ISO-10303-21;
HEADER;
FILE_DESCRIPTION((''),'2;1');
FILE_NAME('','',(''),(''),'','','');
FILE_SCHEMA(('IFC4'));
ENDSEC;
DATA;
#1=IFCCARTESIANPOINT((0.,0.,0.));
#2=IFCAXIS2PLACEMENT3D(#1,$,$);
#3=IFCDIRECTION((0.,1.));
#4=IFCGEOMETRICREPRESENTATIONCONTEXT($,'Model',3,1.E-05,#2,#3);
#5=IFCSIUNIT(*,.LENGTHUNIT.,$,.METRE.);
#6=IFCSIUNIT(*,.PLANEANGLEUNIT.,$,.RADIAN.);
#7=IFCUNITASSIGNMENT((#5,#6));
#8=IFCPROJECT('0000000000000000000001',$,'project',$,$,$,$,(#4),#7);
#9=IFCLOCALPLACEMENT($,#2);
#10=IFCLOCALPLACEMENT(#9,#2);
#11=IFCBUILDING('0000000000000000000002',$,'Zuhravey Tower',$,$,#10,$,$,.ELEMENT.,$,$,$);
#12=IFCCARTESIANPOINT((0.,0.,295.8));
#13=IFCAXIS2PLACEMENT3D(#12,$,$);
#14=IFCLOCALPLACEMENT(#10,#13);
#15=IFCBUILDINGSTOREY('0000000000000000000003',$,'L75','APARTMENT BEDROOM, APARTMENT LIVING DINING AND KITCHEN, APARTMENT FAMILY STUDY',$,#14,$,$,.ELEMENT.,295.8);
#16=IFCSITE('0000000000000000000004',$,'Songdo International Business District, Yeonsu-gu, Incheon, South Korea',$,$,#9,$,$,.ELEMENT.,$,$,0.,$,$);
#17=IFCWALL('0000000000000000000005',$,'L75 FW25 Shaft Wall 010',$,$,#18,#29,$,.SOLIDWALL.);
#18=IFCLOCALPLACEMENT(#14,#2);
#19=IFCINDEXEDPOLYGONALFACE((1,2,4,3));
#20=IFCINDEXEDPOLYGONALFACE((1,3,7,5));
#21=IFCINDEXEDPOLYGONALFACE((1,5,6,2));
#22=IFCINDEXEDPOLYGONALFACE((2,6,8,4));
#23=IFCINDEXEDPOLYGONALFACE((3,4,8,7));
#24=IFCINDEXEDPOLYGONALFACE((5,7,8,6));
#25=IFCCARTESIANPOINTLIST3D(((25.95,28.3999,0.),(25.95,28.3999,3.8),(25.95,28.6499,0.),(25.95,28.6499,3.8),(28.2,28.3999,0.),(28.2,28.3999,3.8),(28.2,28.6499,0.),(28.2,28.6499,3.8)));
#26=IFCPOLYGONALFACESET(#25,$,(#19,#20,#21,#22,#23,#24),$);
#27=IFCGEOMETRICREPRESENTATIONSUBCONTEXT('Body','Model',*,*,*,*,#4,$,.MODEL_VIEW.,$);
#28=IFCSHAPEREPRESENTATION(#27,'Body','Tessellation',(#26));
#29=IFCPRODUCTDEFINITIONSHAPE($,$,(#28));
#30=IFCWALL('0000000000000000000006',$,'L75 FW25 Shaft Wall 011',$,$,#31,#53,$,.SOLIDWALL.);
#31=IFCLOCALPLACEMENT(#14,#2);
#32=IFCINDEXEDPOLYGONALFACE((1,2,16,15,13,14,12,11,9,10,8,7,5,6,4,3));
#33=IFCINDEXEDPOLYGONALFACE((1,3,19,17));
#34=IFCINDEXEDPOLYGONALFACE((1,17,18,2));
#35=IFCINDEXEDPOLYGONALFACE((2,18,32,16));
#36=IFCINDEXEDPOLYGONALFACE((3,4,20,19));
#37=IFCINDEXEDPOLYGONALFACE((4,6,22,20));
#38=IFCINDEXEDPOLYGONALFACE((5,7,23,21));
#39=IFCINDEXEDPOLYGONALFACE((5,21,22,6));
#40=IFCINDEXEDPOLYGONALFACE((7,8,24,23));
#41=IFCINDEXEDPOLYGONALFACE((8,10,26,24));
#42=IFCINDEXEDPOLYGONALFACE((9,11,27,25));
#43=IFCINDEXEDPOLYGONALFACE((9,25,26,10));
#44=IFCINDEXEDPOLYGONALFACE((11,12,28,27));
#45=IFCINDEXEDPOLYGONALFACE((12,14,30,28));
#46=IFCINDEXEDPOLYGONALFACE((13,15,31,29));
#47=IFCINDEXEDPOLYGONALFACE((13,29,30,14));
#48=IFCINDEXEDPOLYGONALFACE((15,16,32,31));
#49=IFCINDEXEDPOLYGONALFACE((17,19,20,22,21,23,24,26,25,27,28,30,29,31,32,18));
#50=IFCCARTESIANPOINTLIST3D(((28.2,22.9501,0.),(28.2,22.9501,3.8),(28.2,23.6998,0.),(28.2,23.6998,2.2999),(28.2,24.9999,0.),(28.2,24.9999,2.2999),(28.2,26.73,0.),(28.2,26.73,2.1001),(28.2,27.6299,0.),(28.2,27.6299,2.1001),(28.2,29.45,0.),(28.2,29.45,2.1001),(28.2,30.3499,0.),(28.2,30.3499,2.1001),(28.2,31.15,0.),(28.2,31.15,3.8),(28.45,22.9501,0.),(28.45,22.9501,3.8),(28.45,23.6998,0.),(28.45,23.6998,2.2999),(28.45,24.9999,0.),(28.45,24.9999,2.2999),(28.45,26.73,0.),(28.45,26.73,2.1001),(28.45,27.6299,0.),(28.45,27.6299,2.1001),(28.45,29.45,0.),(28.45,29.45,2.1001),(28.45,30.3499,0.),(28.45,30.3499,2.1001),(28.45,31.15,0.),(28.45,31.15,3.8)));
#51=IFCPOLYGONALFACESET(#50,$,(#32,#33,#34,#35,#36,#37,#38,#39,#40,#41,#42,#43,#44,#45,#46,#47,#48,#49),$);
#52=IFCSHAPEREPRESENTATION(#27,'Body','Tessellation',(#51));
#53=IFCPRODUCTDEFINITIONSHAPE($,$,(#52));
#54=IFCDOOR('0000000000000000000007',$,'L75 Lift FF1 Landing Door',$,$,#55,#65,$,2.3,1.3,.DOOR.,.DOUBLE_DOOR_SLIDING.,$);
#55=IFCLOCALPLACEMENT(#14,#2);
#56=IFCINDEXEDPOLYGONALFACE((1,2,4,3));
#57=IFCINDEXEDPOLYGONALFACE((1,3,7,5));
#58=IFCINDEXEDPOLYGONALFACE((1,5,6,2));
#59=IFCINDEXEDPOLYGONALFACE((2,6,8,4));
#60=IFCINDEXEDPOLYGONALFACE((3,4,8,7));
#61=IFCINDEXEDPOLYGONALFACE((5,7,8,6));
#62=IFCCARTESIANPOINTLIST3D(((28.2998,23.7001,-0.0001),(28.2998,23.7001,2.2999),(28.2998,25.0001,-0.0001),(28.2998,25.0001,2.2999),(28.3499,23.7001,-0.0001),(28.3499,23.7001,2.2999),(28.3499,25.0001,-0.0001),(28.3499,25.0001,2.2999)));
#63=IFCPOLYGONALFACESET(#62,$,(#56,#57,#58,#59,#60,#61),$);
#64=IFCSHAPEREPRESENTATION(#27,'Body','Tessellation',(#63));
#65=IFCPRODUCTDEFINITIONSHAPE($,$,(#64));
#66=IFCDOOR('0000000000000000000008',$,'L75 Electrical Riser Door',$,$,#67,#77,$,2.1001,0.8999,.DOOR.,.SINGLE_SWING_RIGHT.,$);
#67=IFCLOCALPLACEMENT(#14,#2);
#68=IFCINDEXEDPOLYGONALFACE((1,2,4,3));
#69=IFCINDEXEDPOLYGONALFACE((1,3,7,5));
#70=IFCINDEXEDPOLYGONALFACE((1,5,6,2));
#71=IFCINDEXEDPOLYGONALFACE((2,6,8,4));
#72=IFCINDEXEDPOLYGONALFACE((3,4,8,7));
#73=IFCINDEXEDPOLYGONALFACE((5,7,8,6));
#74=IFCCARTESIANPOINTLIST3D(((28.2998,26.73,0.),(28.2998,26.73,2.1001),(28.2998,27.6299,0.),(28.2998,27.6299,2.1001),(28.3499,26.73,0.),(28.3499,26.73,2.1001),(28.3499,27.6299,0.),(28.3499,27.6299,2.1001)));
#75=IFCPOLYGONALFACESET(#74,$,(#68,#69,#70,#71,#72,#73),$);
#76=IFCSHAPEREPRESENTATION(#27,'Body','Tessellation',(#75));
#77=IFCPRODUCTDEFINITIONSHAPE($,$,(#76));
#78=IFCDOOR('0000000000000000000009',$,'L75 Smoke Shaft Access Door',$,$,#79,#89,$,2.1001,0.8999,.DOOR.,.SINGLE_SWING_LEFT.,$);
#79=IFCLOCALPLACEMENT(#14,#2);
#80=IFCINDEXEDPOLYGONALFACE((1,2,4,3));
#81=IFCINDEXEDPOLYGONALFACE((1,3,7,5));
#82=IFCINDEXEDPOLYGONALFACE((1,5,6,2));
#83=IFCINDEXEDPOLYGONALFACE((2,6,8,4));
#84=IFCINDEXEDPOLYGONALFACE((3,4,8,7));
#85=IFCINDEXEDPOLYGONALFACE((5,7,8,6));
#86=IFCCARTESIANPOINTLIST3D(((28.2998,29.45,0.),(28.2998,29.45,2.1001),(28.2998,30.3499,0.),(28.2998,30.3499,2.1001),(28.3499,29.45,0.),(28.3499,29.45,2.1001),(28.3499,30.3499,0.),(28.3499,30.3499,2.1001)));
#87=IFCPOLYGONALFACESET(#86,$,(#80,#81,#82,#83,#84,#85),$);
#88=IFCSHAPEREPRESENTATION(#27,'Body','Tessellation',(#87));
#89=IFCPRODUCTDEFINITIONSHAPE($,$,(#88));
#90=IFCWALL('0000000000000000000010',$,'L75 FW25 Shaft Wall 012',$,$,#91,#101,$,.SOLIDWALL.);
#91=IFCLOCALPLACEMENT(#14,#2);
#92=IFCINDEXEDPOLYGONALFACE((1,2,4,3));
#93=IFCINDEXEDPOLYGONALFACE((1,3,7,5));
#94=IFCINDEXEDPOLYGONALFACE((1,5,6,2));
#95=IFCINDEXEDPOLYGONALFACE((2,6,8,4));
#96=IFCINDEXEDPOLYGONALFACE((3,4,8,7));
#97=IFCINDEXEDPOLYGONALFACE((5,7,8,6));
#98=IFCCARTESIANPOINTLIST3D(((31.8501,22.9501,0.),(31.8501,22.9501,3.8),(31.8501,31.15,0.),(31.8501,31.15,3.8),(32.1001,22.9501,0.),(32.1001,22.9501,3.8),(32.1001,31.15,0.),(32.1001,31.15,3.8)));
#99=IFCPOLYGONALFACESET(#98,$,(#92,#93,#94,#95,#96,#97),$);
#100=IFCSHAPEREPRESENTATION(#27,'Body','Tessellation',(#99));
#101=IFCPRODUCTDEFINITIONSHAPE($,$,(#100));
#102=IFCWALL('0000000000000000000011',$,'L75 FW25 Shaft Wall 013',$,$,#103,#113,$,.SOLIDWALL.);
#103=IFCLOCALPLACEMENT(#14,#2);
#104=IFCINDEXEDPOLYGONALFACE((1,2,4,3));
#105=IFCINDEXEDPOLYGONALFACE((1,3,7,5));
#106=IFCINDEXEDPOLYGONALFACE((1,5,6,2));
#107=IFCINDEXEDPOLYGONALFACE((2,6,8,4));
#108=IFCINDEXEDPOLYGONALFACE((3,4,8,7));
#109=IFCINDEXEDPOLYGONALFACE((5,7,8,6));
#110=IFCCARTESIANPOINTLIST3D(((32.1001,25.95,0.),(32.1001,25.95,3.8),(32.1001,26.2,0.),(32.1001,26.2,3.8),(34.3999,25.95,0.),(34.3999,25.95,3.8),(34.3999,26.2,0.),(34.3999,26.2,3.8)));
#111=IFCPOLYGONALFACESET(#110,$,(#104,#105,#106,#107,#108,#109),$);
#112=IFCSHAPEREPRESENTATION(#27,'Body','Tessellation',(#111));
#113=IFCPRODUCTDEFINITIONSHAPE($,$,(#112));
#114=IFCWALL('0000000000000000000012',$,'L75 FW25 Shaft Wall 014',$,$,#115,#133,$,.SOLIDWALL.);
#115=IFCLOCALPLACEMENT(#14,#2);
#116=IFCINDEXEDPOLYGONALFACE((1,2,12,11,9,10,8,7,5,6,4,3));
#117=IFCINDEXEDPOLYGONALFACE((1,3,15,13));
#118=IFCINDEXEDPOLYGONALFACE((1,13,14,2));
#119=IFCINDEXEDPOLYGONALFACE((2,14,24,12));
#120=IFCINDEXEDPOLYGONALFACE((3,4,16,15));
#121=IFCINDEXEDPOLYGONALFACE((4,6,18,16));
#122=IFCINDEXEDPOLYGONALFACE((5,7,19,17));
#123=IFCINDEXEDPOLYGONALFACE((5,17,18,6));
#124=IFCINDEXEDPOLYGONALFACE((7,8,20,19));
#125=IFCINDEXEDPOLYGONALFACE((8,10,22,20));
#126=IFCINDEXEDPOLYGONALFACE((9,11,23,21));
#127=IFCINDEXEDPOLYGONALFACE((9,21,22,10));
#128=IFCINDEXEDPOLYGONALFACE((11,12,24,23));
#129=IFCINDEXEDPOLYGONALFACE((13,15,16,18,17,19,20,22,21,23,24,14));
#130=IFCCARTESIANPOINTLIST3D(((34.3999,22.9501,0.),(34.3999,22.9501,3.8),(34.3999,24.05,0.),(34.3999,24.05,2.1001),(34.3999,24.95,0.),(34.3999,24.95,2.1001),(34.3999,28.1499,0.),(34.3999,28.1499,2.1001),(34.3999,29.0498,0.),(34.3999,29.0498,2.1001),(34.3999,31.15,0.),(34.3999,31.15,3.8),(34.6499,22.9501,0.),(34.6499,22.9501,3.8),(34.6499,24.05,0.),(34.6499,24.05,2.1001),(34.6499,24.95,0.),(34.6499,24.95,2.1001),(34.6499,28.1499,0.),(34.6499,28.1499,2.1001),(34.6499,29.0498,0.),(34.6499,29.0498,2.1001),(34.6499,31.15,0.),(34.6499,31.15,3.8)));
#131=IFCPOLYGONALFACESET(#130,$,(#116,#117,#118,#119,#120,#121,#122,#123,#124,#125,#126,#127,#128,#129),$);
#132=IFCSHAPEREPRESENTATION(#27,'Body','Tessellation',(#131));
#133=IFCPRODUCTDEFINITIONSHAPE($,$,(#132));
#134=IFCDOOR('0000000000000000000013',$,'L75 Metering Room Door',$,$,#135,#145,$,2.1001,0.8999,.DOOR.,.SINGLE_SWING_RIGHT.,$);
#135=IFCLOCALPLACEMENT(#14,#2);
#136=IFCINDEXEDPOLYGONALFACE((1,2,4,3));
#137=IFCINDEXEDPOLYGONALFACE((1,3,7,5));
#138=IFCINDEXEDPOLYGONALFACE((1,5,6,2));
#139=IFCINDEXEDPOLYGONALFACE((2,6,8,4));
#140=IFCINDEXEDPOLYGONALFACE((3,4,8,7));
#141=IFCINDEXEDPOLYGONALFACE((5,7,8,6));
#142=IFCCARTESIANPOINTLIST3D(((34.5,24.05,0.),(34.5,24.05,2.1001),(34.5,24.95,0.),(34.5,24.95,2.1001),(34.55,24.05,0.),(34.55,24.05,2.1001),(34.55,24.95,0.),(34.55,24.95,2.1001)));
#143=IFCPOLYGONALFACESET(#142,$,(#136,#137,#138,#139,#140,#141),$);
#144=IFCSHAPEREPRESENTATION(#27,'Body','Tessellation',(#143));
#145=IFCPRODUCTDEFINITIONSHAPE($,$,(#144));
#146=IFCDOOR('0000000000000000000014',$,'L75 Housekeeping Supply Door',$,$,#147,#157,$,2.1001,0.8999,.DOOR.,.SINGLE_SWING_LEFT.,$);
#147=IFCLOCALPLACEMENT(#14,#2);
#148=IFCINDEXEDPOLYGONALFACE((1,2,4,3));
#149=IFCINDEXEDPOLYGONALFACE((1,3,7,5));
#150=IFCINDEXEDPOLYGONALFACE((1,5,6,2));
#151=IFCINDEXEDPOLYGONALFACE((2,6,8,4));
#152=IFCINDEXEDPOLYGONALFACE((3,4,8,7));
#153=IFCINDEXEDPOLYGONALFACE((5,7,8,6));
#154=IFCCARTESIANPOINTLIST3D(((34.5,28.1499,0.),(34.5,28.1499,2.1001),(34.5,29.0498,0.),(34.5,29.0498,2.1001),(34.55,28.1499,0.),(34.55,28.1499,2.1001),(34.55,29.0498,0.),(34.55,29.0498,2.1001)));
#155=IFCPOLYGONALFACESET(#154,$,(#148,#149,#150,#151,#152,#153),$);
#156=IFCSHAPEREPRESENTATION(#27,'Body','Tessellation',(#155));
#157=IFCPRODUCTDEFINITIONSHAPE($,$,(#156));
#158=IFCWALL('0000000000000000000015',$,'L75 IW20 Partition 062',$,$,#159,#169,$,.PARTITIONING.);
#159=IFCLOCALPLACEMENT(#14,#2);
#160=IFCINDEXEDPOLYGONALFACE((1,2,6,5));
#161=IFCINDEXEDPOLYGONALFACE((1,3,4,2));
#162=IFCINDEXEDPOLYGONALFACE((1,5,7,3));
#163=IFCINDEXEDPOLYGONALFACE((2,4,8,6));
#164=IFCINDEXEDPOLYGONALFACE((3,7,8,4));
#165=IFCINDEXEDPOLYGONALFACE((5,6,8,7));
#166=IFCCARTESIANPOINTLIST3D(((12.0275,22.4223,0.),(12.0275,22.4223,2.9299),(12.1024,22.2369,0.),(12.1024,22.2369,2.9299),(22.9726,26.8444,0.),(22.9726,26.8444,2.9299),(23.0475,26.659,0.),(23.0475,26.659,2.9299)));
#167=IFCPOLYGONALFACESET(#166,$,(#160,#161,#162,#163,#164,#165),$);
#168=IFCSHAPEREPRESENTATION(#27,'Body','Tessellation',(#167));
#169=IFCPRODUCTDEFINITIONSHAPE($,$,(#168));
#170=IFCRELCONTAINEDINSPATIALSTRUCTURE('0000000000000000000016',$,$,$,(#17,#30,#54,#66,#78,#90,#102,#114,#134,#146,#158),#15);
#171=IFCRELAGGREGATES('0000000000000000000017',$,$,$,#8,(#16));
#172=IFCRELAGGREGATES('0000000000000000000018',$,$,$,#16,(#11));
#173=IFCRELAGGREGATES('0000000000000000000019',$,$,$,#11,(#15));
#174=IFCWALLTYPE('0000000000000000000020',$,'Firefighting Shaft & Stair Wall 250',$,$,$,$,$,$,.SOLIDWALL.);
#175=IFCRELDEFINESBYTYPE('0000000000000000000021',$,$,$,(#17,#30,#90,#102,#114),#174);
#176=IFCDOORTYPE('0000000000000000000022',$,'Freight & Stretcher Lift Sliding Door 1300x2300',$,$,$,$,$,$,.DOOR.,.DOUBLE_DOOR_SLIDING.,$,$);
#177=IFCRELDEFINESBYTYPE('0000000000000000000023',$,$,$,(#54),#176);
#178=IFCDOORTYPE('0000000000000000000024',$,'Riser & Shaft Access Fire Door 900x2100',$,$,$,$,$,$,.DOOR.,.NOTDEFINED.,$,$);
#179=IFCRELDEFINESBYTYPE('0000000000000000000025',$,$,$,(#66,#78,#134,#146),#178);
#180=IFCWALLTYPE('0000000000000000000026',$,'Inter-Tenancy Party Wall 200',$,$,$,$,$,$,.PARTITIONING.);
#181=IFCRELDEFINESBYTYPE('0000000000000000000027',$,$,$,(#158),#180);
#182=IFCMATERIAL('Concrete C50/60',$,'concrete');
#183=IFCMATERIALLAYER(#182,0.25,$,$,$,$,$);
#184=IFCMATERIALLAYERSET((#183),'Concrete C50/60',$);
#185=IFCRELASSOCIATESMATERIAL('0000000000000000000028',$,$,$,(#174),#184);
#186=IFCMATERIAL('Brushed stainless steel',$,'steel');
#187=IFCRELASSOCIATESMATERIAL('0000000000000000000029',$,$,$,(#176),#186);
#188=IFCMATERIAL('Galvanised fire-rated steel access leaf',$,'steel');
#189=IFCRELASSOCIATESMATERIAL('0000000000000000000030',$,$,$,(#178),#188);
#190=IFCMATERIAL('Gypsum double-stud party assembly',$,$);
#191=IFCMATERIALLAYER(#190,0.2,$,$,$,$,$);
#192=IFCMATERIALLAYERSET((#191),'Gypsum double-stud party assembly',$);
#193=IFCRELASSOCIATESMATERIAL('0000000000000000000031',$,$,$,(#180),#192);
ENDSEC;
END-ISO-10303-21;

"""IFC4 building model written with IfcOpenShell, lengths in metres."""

from ifc_helpers import new_model, si_unit, direction, frame, frame_2d, origin, place, context, subcontext, project, spatial, rectangle, extrude, material, layer, layer_set, type_object, element, fill, save


model = new_model("IFC4")

# Units and contexts
model_context = context("Model", 3, precision=1e-05, world=origin(), true_north=direction((0.0, 1.0)))
body_context = subcontext(model_context, "Body", "Model", "MODEL_VIEW")
ifc_project = project(units=[si_unit("LENGTHUNIT", "METRE"), si_unit("PLANEANGLEUNIT", "RADIAN")], contexts=[model_context])

# Site, building, storey
site_placement = place(None, origin())
site = spatial("IfcSite", under=ifc_project, at=site_placement, Name="Songdo International Business District, Yeonsu-gu, Incheon, South Korea", CompositionType="ELEMENT", RefElevation=0.0)
building_placement = place(site_placement, origin())
building = spatial("IfcBuilding", under=site, at=building_placement, Name="Zuhravey Tower", CompositionType="ELEMENT")
storey_placement = place(building_placement, frame((0.0, 0.0, 295.8)))
storey = spatial("IfcBuildingStorey", under=building, at=storey_placement, Name="L75", Description="APARTMENT BEDROOM, APARTMENT LIVING DINING AND KITCHEN, APARTMENT FAMILY STUDY", CompositionType="ELEMENT", Elevation=295.8)

# Shared definitions
ifc_material_1 = material(Name="Concrete C50/60", Category="concrete")

# Shared definitions
ifc_layer_1 = layer(ifc_material_1, 0.25)
ifc_layer_set_1 = layer_set([ifc_layer_1], Name="Concrete C50/60")
wall_type_1 = type_object("IfcWallType", Name="Firefighting Shaft & Stair Wall 250", PredefinedType="SOLIDWALL", material=ifc_layer_set_1)

# Wall
for number, where, z_axis, x_axis, name in (
    (1, (25.95, 28.5249, 0.0), (0.0, 0.0, 1.0), (1.0, 0.0, 0.0), "L75 FW25 Shaft Wall 010"),
):
    element("IfcWall", number, at=place(storey_placement, frame(where, z_axis=z_axis, x_axis=x_axis)), inside=storey, type_object=wall_type_1, Name=name, PredefinedType="SOLIDWALL", context=body_context, shape_type="SweptSolid", body=[
        extrude(rectangle(XDim=2.25, YDim=0.25, at=frame_2d((1.125, 0.0))), origin(), (0.0, 0.0, 1.0), 3.8),
    ])

# Wall, openings, doors
wall_1_placement = place(storey_placement, frame((28.325, 22.95, 0.0), z_axis=(0.0, 0.0, 1.0), x_axis=(0.0, 1.0, 0.0)))
wall_1 = element("IfcWall", 2, at=wall_1_placement, inside=storey, type_object=wall_type_1, Name="L75 FW25 Shaft Wall 011", PredefinedType="SOLIDWALL", context=body_context, shape_type="SweptSolid", body=[
    extrude(rectangle(XDim=8.2, YDim=0.25, at=frame_2d((4.1001, 0.0))), origin(), (0.0, 0.0, 1.0), 3.8),
])
opening_1_placement = place(wall_1_placement, frame((0.75, 0.0, 0.0)))
opening_1 = element("IfcOpeningElement", 3, at=opening_1_placement, cuts=wall_1, PredefinedType="OPENING", context=body_context, shape_type="SweptSolid", body=[
    extrude(rectangle(XDim=1.3, YDim=2.3, at=frame_2d((0.6499, 1.1499))), frame((0.0, 0.137, 0.0), z_axis=(0.0, -1.0, 0.0), x_axis=(1.0, 0.0, 0.0)), (0.0, 0.0, 1.0), 0.2739),
])
opening_2_placement = place(wall_1_placement, frame((3.78, 0.0, 0.0)))
opening_2 = element("IfcOpeningElement", 4, at=opening_2_placement, cuts=wall_1, PredefinedType="OPENING", context=body_context, shape_type="SweptSolid", body=[
    extrude(rectangle(XDim=0.8999, YDim=2.1001, at=frame_2d((0.45, 1.05))), frame((0.0, 0.137, 0.0), z_axis=(0.0, -1.0, 0.0), x_axis=(1.0, 0.0, 0.0)), (0.0, 0.0, 1.0), 0.2739),
])
opening_3_placement = place(wall_1_placement, frame((6.5, 0.0, 0.0)))
opening_3 = element("IfcOpeningElement", 5, at=opening_3_placement, cuts=wall_1, PredefinedType="OPENING", context=body_context, shape_type="SweptSolid", body=[
    extrude(rectangle(XDim=0.8999, YDim=2.1001, at=frame_2d((0.45, 1.05))), frame((0.0, 0.137, 0.0), z_axis=(0.0, -1.0, 0.0), x_axis=(1.0, 0.0, 0.0)), (0.0, 0.0, 1.0), 0.2739),
])
ifc_material_2 = material(Name="Brushed stainless steel", Category="steel")
door_type_1 = type_object("IfcDoorType", Name="Freight & Stretcher Lift Sliding Door 1300x2300", OperationType="DOUBLE_DOOR_SLIDING", PredefinedType="DOOR", material=ifc_material_2)
door_1_placement = place(opening_1_placement, frame((1.3, 0.0, 0.0), z_axis=(0.0, 0.0, 1.0), x_axis=(-1.0, 0.0, 0.0)))
door_1 = element("IfcDoor", 6, at=door_1_placement, inside=storey, type_object=door_type_1, Name="L75 Lift FF1 Landing Door", OperationType="DOUBLE_DOOR_SLIDING", OverallHeight=2.3, OverallWidth=1.3, PredefinedType="DOOR", context=body_context, shape_type="SweptSolid", body=[
    extrude(rectangle(XDim=1.3, YDim=2.3, at=frame_2d((0.6499, 1.1499))), frame((0.0, 0.0249, 0.0), z_axis=(0.0, -1.0, 0.0), x_axis=(1.0, 0.0, 0.0)), (0.0, 0.0, 1.0), 0.05),
])
fill(opening_1, door_1)
ifc_material_3 = material(Name="Galvanised fire-rated steel access leaf", Category="steel")
door_type_2 = type_object("IfcDoorType", Name="Riser & Shaft Access Fire Door 900x2100", OperationType="NOTDEFINED", PredefinedType="DOOR", material=ifc_material_3)
door_2_placement = place(opening_2_placement, frame((0.8999, 0.0, 0.0), z_axis=(0.0, 0.0, 1.0), x_axis=(-1.0, 0.0, 0.0)))
door_2 = element("IfcDoor", 7, at=door_2_placement, inside=storey, type_object=door_type_2, Name="L75 Electrical Riser Door", OperationType="SINGLE_SWING_RIGHT", OverallHeight=2.1001, OverallWidth=0.8999, PredefinedType="DOOR", context=body_context, shape_type="SweptSolid", body=[
    extrude(rectangle(XDim=0.8999, YDim=2.1001, at=frame_2d((0.45, 1.05))), frame((0.0, 0.0249, 0.0), z_axis=(0.0, -1.0, 0.0), x_axis=(1.0, 0.0, 0.0)), (0.0, 0.0, 1.0), 0.05),
])
fill(opening_2, door_2)
door_3_placement = place(opening_3_placement, frame((0.8999, 0.0, 0.0), z_axis=(0.0, 0.0, 1.0), x_axis=(-1.0, 0.0, 0.0)))
door_3 = element("IfcDoor", 8, at=door_3_placement, inside=storey, type_object=door_type_2, Name="L75 Smoke Shaft Access Door", OperationType="SINGLE_SWING_LEFT", OverallHeight=2.1001, OverallWidth=0.8999, PredefinedType="DOOR", context=body_context, shape_type="SweptSolid", body=[
    extrude(rectangle(XDim=0.8999, YDim=2.1001, at=frame_2d((0.45, 1.05))), frame((0.0, 0.0249, 0.0), z_axis=(0.0, -1.0, 0.0), x_axis=(1.0, 0.0, 0.0)), (0.0, 0.0, 1.0), 0.05),
])
fill(opening_3, door_3)

# Walls
wall_2_placement = place(storey_placement, frame((31.9751, 22.95, 0.0), z_axis=(0.0, 0.0, 1.0), x_axis=(0.0, 1.0, 0.0)))
element("IfcWall", 9, at=wall_2_placement, inside=storey, type_object=wall_type_1, Name="L75 FW25 Shaft Wall 012", PredefinedType="SOLIDWALL", context=body_context, shape_type="SweptSolid", body=[
    extrude(rectangle(XDim=8.2, YDim=0.25, at=frame_2d((4.1001, 0.0))), origin(), (0.0, 0.0, 1.0), 3.8),
])
wall_3_placement = place(storey_placement, frame((32.1001, 26.075, 0.0), z_axis=(0.0, 0.0, 1.0), x_axis=(1.0, 0.0, 0.0)))
element("IfcWall", 10, at=wall_3_placement, inside=storey, type_object=wall_type_1, Name="L75 FW25 Shaft Wall 013", PredefinedType="SOLIDWALL", context=body_context, shape_type="SweptSolid", body=[
    extrude(rectangle(XDim=2.2998, YDim=0.25, at=frame_2d((1.1499, 0.0))), origin(), (0.0, 0.0, 1.0), 3.8),
])

# Wall, openings, doors
wall_4_placement = place(storey_placement, frame((34.5249, 22.95, 0.0), z_axis=(0.0, 0.0, 1.0), x_axis=(0.0, 1.0, 0.0)))
wall_4 = element("IfcWall", 11, at=wall_4_placement, inside=storey, type_object=wall_type_1, Name="L75 FW25 Shaft Wall 014", PredefinedType="SOLIDWALL", context=body_context, shape_type="SweptSolid", body=[
    extrude(rectangle(XDim=8.2, YDim=0.25, at=frame_2d((4.1001, 0.0))), origin(), (0.0, 0.0, 1.0), 3.8),
])
opening_4_placement = place(wall_4_placement, frame((1.1001, 0.0, 0.0)))
opening_4 = element("IfcOpeningElement", 12, at=opening_4_placement, cuts=wall_4, PredefinedType="OPENING", context=body_context, shape_type="SweptSolid", body=[
    extrude(rectangle(XDim=0.8999, YDim=2.1001, at=frame_2d((0.45, 1.05))), frame((0.0, 0.137, 0.0), z_axis=(0.0, -1.0, 0.0), x_axis=(1.0, 0.0, 0.0)), (0.0, 0.0, 1.0), 0.2739),
])
opening_5_placement = place(wall_4_placement, frame((5.2, 0.0, 0.0)))
opening_5 = element("IfcOpeningElement", 13, at=opening_5_placement, cuts=wall_4, PredefinedType="OPENING", context=body_context, shape_type="SweptSolid", body=[
    extrude(rectangle(XDim=0.8999, YDim=2.1001, at=frame_2d((0.45, 1.05))), frame((0.0, 0.137, 0.0), z_axis=(0.0, -1.0, 0.0), x_axis=(1.0, 0.0, 0.0)), (0.0, 0.0, 1.0), 0.2739),
])
door_4_placement = place(opening_4_placement, origin())
door_4 = element("IfcDoor", 14, at=door_4_placement, inside=storey, type_object=door_type_2, Name="L75 Metering Room Door", OperationType="SINGLE_SWING_RIGHT", OverallHeight=2.1001, OverallWidth=0.8999, PredefinedType="DOOR", context=body_context, shape_type="SweptSolid", body=[
    extrude(rectangle(XDim=0.8999, YDim=2.1001, at=frame_2d((0.45, 1.05))), frame((0.0, 0.0249, 0.0), z_axis=(0.0, -1.0, 0.0), x_axis=(1.0, 0.0, 0.0)), (0.0, 0.0, 1.0), 0.05),
])
fill(opening_4, door_4)
door_5_placement = place(opening_5_placement, origin())
door_5 = element("IfcDoor", 15, at=door_5_placement, inside=storey, type_object=door_type_2, Name="L75 Housekeeping Supply Door", OperationType="SINGLE_SWING_LEFT", OverallHeight=2.1001, OverallWidth=0.8999, PredefinedType="DOOR", context=body_context, shape_type="SweptSolid", body=[
    extrude(rectangle(XDim=0.8999, YDim=2.1001, at=frame_2d((0.45, 1.05))), frame((0.0, 0.0249, 0.0), z_axis=(0.0, -1.0, 0.0), x_axis=(1.0, 0.0, 0.0)), (0.0, 0.0, 1.0), 0.05),
])
fill(opening_5, door_5)

# Wall
ifc_material_4 = material(Name="Gypsum double-stud party assembly")
ifc_layer_2 = layer(ifc_material_4, 0.2)
ifc_layer_set_2 = layer_set([ifc_layer_2], Name="Gypsum double-stud party assembly")
wall_type_2 = type_object("IfcWallType", Name="Inter-Tenancy Party Wall 200", PredefinedType="PARTITIONING", material=ifc_layer_set_2)
wall_5_placement = place(storey_placement, frame((23.01, 26.7517, 0.0), z_axis=(0.0, 0.0, 1.0), x_axis=(-0.927183, -0.374608, 0.0)))
element("IfcWall", 16, at=wall_5_placement, inside=storey, type_object=wall_type_2, Name="L75 IW20 Partition 062", PredefinedType="PARTITIONING", context=body_context, shape_type="SweptSolid", body=[
    extrude(rectangle(XDim=11.8047, YDim=0.2, at=frame_2d((5.9023, 0.0))), origin(), (0.0, 0.0, 1.0), 2.9299),
])

save(model, "model.ifc")
